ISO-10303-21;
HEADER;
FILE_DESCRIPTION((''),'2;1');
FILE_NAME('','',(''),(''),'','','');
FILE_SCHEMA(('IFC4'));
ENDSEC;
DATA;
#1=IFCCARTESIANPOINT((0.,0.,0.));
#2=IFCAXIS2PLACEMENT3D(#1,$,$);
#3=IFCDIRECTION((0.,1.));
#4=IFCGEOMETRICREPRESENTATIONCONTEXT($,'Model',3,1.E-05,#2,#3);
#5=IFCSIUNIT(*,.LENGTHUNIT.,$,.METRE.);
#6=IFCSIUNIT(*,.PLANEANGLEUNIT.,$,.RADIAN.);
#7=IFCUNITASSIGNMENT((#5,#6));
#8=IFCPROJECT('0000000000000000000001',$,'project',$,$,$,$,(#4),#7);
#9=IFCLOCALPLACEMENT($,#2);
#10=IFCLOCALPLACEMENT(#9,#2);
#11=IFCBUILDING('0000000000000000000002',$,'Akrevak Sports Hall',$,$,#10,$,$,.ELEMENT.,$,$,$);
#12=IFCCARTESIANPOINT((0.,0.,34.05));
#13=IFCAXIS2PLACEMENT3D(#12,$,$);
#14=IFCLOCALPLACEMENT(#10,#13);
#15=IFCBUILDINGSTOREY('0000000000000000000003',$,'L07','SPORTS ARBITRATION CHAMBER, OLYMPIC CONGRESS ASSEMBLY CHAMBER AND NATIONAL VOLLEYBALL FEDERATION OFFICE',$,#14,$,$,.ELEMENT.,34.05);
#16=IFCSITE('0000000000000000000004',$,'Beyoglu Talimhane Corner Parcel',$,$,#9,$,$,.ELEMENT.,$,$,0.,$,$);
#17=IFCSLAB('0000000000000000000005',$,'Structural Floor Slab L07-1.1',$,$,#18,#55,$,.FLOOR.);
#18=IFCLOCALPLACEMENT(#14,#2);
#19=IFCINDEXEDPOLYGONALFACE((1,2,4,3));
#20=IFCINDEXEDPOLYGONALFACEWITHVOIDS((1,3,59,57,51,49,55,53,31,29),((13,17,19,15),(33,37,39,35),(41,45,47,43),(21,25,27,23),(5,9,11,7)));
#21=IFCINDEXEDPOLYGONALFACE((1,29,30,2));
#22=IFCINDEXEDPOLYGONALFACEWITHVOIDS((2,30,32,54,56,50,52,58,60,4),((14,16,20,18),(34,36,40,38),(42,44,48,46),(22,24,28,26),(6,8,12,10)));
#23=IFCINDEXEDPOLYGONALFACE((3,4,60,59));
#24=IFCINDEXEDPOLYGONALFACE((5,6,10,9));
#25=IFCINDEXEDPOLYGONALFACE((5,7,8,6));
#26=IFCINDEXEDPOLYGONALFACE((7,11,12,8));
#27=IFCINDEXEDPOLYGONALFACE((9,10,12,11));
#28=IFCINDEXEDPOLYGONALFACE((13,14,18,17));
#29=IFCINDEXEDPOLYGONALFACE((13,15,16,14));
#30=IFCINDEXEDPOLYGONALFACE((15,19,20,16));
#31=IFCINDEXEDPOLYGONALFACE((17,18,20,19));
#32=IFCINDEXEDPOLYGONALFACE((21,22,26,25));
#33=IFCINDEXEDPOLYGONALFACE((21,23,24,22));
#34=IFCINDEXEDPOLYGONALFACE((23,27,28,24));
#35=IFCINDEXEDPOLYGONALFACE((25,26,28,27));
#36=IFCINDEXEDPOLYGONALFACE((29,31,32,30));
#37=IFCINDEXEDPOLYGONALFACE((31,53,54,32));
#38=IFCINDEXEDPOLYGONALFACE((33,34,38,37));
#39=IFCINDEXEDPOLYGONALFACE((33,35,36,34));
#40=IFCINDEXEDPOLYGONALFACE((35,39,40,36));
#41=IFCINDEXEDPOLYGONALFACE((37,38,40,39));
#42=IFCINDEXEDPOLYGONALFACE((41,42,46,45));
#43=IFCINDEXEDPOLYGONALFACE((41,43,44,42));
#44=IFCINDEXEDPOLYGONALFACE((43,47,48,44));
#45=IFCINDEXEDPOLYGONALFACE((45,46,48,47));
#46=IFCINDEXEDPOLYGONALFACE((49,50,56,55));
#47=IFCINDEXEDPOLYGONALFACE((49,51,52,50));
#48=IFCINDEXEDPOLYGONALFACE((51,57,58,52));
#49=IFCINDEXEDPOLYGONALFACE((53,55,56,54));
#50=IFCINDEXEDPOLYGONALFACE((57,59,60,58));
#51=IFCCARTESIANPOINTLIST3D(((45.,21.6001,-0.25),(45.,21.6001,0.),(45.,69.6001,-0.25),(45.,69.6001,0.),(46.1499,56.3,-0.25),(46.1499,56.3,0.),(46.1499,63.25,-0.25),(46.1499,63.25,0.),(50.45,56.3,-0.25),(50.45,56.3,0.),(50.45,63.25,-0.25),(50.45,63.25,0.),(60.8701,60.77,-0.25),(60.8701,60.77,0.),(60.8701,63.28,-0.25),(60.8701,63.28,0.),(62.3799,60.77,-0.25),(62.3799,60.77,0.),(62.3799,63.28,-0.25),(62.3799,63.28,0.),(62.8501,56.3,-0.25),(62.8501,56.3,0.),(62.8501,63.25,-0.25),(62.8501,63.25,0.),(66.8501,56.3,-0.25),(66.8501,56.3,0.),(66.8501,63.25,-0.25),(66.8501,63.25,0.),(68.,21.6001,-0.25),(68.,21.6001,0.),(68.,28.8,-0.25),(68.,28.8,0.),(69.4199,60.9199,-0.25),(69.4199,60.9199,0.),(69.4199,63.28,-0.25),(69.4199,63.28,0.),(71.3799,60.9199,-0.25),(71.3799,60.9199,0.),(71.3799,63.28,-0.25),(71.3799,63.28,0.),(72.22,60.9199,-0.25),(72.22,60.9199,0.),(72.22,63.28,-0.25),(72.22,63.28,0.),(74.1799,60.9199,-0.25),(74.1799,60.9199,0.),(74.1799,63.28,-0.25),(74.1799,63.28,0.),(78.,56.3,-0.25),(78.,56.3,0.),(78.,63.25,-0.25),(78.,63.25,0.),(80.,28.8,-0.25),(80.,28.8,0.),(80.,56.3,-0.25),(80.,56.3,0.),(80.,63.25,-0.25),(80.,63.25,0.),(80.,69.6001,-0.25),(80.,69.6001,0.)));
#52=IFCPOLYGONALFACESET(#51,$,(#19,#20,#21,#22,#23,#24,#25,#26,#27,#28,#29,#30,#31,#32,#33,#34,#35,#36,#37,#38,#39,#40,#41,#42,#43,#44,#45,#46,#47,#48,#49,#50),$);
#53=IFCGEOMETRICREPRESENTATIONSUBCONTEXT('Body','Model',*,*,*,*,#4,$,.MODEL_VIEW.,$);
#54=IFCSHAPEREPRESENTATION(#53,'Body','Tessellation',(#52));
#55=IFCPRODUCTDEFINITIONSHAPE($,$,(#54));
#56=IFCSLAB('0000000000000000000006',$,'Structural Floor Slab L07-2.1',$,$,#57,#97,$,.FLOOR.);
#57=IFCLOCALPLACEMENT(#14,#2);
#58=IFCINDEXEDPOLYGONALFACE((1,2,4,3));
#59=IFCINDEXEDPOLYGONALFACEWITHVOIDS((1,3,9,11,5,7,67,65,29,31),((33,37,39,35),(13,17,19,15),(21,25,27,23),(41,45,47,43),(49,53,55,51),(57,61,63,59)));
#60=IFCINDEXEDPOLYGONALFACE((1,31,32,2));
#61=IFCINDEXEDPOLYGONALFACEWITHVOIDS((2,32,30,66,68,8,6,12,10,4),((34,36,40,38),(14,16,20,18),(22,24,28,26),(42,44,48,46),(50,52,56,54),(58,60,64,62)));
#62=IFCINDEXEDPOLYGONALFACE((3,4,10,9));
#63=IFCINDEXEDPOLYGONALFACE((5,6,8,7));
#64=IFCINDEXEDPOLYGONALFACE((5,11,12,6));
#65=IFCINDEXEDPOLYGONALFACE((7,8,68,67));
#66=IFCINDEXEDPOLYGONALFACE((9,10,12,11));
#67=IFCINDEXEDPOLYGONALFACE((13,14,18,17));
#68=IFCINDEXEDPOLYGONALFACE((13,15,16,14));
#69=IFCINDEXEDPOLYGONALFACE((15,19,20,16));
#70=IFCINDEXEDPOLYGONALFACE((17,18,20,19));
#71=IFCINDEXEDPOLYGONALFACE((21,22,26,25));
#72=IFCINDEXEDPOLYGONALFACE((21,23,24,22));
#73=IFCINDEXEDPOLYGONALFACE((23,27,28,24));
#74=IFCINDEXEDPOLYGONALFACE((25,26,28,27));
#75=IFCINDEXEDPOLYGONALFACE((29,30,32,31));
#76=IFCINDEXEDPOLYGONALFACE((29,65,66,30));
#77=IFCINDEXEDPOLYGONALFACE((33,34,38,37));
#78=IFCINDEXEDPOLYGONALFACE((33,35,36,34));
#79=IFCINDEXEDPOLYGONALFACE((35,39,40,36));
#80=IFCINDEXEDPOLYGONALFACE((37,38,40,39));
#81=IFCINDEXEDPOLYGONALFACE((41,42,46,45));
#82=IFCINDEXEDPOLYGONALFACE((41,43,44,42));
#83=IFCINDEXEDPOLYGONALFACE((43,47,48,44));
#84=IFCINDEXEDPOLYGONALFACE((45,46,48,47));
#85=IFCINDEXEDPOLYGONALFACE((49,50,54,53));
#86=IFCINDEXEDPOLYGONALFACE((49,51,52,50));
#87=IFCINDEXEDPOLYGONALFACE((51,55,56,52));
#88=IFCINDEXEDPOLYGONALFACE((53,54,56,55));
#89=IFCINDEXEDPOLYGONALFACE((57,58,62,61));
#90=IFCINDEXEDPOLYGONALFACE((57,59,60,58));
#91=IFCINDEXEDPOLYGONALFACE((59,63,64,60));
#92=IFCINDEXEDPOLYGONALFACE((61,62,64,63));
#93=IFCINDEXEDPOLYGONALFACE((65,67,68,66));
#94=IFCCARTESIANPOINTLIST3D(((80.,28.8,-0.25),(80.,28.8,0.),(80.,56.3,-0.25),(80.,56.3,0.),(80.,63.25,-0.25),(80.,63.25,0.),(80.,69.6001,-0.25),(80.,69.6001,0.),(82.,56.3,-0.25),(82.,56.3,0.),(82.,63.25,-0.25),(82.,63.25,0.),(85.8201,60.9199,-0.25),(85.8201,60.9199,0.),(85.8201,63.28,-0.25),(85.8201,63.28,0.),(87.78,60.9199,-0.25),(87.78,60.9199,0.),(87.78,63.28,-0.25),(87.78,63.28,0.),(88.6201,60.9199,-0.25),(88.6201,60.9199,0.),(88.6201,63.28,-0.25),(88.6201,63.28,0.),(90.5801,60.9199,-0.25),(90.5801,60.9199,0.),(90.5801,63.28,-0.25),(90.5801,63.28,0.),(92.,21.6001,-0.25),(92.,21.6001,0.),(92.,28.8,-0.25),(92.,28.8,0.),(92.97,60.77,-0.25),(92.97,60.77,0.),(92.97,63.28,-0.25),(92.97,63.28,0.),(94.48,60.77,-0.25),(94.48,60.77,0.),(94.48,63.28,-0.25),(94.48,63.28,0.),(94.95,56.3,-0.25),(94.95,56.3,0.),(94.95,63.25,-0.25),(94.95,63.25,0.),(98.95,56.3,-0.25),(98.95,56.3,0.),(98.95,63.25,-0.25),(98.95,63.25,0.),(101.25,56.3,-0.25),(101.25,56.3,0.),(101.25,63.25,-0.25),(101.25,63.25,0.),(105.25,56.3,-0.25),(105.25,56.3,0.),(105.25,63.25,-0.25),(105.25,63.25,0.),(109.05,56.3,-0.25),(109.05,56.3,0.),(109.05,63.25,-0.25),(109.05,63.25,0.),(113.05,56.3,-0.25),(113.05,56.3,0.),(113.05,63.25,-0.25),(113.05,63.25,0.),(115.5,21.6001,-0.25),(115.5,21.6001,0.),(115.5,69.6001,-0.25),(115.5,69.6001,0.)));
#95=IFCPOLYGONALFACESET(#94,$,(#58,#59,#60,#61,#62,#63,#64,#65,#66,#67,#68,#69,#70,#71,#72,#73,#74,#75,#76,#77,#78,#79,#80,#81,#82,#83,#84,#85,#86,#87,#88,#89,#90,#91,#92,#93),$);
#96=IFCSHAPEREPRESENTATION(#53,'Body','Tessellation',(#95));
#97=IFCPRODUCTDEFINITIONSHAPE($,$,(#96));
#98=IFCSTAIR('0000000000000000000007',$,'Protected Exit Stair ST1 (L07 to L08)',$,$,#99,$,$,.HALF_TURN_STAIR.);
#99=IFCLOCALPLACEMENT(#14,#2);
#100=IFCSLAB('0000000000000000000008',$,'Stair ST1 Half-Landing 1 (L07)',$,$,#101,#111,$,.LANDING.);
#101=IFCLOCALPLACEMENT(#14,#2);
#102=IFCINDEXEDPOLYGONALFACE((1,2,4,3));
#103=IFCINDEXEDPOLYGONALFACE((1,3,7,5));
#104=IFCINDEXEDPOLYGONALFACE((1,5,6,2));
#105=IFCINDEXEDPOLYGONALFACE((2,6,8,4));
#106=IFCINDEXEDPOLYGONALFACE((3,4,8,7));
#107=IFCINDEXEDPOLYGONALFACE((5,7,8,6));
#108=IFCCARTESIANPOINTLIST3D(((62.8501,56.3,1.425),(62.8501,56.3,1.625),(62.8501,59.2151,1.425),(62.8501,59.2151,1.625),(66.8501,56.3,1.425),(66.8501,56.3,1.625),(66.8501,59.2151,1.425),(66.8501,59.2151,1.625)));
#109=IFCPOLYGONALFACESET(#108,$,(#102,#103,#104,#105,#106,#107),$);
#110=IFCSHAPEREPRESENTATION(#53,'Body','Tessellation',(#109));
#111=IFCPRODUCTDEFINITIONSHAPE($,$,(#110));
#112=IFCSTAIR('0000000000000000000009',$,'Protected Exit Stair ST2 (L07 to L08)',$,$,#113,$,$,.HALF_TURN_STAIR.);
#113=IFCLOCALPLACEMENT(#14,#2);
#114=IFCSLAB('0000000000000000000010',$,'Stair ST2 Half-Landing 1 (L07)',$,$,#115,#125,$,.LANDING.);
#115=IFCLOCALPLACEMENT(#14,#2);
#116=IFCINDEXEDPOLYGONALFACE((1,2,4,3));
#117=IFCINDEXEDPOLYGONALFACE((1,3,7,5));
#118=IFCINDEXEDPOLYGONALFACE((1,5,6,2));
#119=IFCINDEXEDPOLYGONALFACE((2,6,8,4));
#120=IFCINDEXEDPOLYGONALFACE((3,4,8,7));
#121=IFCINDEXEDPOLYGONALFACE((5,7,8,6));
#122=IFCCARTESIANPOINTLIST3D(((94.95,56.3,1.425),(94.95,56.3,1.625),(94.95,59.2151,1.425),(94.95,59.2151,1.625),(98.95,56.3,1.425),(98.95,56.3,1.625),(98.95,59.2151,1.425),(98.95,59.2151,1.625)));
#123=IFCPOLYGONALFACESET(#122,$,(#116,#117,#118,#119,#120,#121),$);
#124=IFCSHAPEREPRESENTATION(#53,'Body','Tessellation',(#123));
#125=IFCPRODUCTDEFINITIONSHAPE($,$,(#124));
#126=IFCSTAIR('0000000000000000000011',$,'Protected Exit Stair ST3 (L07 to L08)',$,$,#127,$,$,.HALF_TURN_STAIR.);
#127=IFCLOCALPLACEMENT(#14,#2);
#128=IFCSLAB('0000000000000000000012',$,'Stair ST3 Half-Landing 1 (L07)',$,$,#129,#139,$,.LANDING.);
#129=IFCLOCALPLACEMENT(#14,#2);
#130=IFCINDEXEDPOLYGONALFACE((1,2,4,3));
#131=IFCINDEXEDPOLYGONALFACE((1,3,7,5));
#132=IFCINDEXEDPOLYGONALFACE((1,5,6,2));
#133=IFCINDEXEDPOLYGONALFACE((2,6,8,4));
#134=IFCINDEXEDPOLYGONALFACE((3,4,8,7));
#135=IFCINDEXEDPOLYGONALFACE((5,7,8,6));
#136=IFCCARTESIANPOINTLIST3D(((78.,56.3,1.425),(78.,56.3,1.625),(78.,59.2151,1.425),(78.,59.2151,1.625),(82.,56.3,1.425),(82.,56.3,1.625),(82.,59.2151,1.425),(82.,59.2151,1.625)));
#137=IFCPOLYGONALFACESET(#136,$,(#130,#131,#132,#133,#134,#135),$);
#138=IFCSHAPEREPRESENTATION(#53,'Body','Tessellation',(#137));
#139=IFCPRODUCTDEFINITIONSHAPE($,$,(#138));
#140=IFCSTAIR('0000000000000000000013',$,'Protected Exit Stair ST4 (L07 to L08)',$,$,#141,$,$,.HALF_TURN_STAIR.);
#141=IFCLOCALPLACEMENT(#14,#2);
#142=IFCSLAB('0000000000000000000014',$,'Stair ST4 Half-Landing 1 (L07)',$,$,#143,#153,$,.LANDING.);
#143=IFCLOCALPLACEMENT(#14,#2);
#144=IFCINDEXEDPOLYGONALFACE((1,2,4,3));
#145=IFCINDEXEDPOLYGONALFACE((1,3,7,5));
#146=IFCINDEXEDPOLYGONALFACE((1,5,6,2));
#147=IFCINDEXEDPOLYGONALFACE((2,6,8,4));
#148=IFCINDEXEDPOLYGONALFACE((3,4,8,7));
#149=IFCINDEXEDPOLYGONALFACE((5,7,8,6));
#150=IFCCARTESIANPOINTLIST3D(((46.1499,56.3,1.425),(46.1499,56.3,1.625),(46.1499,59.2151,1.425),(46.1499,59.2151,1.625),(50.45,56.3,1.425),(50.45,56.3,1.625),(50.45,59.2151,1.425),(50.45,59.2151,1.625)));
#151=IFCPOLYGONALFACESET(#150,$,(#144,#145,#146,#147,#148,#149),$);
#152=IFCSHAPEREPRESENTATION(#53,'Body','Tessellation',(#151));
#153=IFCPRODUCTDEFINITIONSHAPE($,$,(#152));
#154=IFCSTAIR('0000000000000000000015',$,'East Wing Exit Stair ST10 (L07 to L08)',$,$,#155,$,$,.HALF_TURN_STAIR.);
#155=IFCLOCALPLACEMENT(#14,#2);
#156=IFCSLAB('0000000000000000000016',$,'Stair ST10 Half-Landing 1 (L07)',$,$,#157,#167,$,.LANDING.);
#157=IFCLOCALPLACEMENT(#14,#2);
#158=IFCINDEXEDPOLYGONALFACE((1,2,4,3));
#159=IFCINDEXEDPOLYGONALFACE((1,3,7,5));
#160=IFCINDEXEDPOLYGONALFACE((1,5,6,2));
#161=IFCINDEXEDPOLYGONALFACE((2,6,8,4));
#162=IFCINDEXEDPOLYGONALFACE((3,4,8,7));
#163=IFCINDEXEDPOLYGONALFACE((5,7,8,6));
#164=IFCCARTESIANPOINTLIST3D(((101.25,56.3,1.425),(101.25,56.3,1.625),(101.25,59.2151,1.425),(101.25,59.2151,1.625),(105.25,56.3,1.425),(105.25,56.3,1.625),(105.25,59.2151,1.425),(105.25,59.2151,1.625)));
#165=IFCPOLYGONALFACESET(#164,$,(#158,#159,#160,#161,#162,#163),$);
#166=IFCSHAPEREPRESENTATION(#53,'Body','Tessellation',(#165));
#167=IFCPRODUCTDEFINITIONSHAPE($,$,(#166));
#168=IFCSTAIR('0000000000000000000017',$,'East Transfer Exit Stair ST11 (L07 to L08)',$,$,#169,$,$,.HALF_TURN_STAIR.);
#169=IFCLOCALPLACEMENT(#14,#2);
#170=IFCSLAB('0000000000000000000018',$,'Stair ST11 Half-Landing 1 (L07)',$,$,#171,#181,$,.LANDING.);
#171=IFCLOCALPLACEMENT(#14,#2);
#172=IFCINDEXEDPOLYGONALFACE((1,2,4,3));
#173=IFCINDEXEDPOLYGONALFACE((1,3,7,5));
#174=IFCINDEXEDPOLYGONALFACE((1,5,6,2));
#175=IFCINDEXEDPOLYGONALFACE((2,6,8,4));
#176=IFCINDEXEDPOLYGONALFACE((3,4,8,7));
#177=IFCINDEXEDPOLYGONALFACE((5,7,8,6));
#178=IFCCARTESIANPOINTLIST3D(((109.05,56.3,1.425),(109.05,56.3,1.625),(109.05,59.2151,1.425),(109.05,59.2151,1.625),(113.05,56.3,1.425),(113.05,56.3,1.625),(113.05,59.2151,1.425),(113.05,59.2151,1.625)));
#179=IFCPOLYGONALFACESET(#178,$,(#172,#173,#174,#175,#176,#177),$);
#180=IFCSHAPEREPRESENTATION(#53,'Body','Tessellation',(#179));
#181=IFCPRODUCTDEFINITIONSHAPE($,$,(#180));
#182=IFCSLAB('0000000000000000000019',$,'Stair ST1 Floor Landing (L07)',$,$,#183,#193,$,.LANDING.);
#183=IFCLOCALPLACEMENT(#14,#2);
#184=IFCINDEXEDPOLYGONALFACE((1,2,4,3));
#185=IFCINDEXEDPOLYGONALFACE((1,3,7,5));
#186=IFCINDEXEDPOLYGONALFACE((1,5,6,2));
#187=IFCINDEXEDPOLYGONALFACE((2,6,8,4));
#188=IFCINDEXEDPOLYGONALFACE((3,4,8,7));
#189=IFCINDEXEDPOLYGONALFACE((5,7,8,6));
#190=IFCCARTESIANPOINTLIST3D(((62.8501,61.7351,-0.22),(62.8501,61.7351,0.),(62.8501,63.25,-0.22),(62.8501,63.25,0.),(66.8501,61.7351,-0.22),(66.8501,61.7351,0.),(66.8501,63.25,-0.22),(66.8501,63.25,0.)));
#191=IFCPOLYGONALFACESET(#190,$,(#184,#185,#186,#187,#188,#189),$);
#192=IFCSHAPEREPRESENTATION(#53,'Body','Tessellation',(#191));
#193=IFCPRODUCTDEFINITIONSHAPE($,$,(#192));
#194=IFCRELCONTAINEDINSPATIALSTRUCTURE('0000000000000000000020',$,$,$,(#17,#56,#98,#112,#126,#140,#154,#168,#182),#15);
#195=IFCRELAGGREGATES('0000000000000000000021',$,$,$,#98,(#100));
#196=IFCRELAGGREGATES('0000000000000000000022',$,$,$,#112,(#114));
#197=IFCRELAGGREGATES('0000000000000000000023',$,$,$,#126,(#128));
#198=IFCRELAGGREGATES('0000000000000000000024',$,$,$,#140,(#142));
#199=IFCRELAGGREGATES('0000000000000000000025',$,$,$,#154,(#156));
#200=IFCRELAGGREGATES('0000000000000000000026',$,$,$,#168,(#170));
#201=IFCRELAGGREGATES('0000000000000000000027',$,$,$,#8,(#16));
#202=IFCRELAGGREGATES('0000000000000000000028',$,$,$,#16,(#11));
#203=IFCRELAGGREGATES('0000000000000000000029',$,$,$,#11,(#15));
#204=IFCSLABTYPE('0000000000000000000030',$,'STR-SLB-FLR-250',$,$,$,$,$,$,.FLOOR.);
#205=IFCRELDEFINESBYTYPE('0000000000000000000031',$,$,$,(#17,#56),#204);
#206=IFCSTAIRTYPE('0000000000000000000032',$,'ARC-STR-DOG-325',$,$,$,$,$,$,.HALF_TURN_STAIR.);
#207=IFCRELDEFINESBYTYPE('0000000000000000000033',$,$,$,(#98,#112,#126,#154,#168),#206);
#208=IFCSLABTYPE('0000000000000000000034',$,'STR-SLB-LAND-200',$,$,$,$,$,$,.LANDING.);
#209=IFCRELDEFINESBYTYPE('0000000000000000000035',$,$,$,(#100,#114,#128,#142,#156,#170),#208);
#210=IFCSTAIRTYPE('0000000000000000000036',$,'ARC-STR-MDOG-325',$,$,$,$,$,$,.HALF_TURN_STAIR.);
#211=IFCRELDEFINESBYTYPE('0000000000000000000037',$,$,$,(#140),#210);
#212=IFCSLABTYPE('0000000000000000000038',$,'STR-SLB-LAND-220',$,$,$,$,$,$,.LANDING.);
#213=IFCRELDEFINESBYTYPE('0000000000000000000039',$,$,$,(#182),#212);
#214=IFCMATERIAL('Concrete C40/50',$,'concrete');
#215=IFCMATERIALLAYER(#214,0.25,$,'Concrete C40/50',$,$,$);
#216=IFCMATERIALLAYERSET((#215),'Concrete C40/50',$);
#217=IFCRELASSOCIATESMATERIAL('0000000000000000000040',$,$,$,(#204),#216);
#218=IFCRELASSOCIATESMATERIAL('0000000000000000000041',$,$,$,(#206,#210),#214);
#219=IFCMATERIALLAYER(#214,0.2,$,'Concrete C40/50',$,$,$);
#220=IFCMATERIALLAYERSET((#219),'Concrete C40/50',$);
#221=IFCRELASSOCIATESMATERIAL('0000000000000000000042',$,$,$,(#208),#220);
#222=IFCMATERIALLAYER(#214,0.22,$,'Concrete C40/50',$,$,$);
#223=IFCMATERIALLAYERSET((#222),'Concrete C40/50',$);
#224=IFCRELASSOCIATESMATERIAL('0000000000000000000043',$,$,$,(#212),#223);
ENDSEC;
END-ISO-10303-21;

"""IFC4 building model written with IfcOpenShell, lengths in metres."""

from ifc_helpers import new_model, si_unit, direction, frame, origin, place, context, subcontext, project, spatial, polyline, outline, extrude, material, layer, layer_set, type_object, element, aggregate, save


model = new_model("IFC4")

# Units and contexts
model_context = context("Model", 3, precision=1e-05, world=origin(), true_north=direction((0.0, 1.0)))
body_context = subcontext(model_context, "Body", "Model", "MODEL_VIEW")
ifc_project = project(units=[si_unit("LENGTHUNIT", "METRE"), si_unit("PLANEANGLEUNIT", "RADIAN")], contexts=[model_context])

# Site, building, storey
site_placement = place(None, origin())
site = spatial("IfcSite", under=ifc_project, at=site_placement, Name="Beyoglu Talimhane Corner Parcel", CompositionType="ELEMENT", RefElevation=0.0)
building_placement = place(site_placement, origin())
building = spatial("IfcBuilding", under=site, at=building_placement, Name="Akrevak Sports Hall", CompositionType="ELEMENT")
storey_placement = place(building_placement, frame((0.0, 0.0, 34.05)))
storey = spatial("IfcBuildingStorey", under=building, at=storey_placement, Name="L07", Description="SPORTS ARBITRATION CHAMBER, OLYMPIC CONGRESS ASSEMBLY CHAMBER AND NATIONAL VOLLEYBALL FEDERATION OFFICE", CompositionType="ELEMENT", Elevation=34.05)

# Shared definitions
ifc_material_1 = material(Name="Concrete C40/50", Category="concrete")

# Slabs
ifc_layer_1 = layer(ifc_material_1, 0.25, Name="Concrete C40/50")
ifc_layer_set_1 = layer_set([ifc_layer_1], Name="Concrete C40/50")
slab_type_1 = type_object("IfcSlabType", Name="STR-SLB-FLR-250", PredefinedType="FLOOR", material=ifc_layer_set_1)
slab_1_placement = place(storey_placement, frame((0.0, 0.0, -0.25)))
element("IfcSlab", 1, at=slab_1_placement, inside=storey, type_object=slab_type_1, Name="Structural Floor Slab L07-1.1", PredefinedType="FLOOR", context=body_context, shape_type="SweptSolid", body=[
    extrude(outline(polyline([(45.0, 69.6001), (45.0, 21.6001), (68.0, 21.6001), (68.0, 28.8), (80.0, 28.8), (80.0, 56.3), (78.0, 56.3), (78.0, 63.25), (80.0, 63.25), (80.0, 69.6001), (45.0, 69.6001)]), holes=[polyline([(46.1499, 63.25), (50.45, 63.25), (50.45, 56.3), (46.1499, 56.3), (46.1499, 63.25)]), polyline([(66.8501, 63.25), (66.8501, 56.3), (62.8501, 56.3), (62.8501, 63.25), (66.8501, 63.25)]), polyline([(60.8701, 63.28), (62.3799, 63.28), (62.3799, 60.77), (60.8701, 60.77), (60.8701, 63.28)]), polyline([(71.3799, 63.28), (71.3799, 60.9199), (69.4199, 60.9199), (69.4199, 63.28), (71.3799, 63.28)]), polyline([(74.1799, 63.28), (74.1799, 60.9199), (72.22, 60.9199), (72.22, 63.28), (74.1799, 63.28)])]), origin(), (0.0, 0.0, 1.0), 0.25),
])
slab_2_placement = place(storey_placement, frame((0.0, 0.0, -0.25)))
element("IfcSlab", 2, at=slab_2_placement, inside=storey, type_object=slab_type_1, Name="Structural Floor Slab L07-2.1", PredefinedType="FLOOR", context=body_context, shape_type="SweptSolid", body=[
    extrude(outline(polyline([(80.0, 69.6001), (80.0, 63.25), (82.0, 63.25), (82.0, 56.3), (80.0, 56.3), (80.0, 28.8), (92.0, 28.8), (92.0, 21.6001), (115.5, 21.6001), (115.5, 69.6001), (80.0, 69.6001)]), holes=[polyline([(94.95, 63.25), (98.95, 63.25), (98.95, 56.3), (94.95, 56.3), (94.95, 63.25)]), polyline([(105.25, 63.25), (105.25, 56.3), (101.25, 56.3), (101.25, 63.25), (105.25, 63.25)]), polyline([(113.05, 63.25), (113.05, 56.3), (109.05, 56.3), (109.05, 63.25), (113.05, 63.25)]), polyline([(92.97, 63.28), (94.48, 63.28), (94.48, 60.77), (92.97, 60.77), (92.97, 63.28)]), polyline([(87.78, 63.28), (87.78, 60.9199), (85.8201, 60.9199), (85.8201, 63.28), (87.78, 63.28)]), polyline([(90.5801, 63.28), (90.5801, 60.9199), (88.6201, 60.9199), (88.6201, 63.28), (90.5801, 63.28)])]), origin(), (0.0, 0.0, 1.0), 0.25),
])

# Stairs, slabs
stair_type_1 = type_object("IfcStairType", Name="ARC-STR-DOG-325", PredefinedType="HALF_TURN_STAIR", material=ifc_material_1)
stair_1_placement = place(storey_placement, origin())
stair_1 = element("IfcStair", 3, at=stair_1_placement, inside=storey, type_object=stair_type_1, Name="Protected Exit Stair ST1 (L07 to L08)", PredefinedType="HALF_TURN_STAIR")
ifc_layer_2 = layer(ifc_material_1, 0.2, Name="Concrete C40/50")
ifc_layer_set_2 = layer_set([ifc_layer_2], Name="Concrete C40/50")
slab_type_2 = type_object("IfcSlabType", Name="STR-SLB-LAND-200", PredefinedType="LANDING", material=ifc_layer_set_2)
slab_3_placement = place(storey_placement, frame((0.0, 0.0, 1.425)))
slab_3 = element("IfcSlab", 4, at=slab_3_placement, type_object=slab_type_2, Name="Stair ST1 Half-Landing 1 (L07)", PredefinedType="LANDING", context=body_context, shape_type="SweptSolid", body=[
    extrude(outline(polyline([(62.8501, 56.3), (66.8501, 56.3), (66.8501, 59.2151), (62.8501, 59.2151), (62.8501, 56.3)])), origin(), (0.0, 0.0, 1.0), 0.2),
])
aggregate(stair_1, [slab_3])
stair_2_placement = place(storey_placement, origin())
stair_2 = element("IfcStair", 5, at=stair_2_placement, inside=storey, type_object=stair_type_1, Name="Protected Exit Stair ST2 (L07 to L08)", PredefinedType="HALF_TURN_STAIR")
slab_4_placement = place(storey_placement, frame((0.0, 0.0, 1.425)))
slab_4 = element("IfcSlab", 6, at=slab_4_placement, type_object=slab_type_2, Name="Stair ST2 Half-Landing 1 (L07)", PredefinedType="LANDING", context=body_context, shape_type="SweptSolid", body=[
    extrude(outline(polyline([(94.95, 56.3), (98.95, 56.3), (98.95, 59.2151), (94.95, 59.2151), (94.95, 56.3)])), origin(), (0.0, 0.0, 1.0), 0.2),
])
aggregate(stair_2, [slab_4])
stair_3_placement = place(storey_placement, origin())
stair_3 = element("IfcStair", 7, at=stair_3_placement, inside=storey, type_object=stair_type_1, Name="Protected Exit Stair ST3 (L07 to L08)", PredefinedType="HALF_TURN_STAIR")
slab_5_placement = place(storey_placement, frame((0.0, 0.0, 1.425)))
slab_5 = element("IfcSlab", 8, at=slab_5_placement, type_object=slab_type_2, Name="Stair ST3 Half-Landing 1 (L07)", PredefinedType="LANDING", context=body_context, shape_type="SweptSolid", body=[
    extrude(outline(polyline([(78.0, 56.3), (82.0, 56.3), (82.0, 59.2151), (78.0, 59.2151), (78.0, 56.3)])), origin(), (0.0, 0.0, 1.0), 0.2),
])
aggregate(stair_3, [slab_5])
stair_type_2 = type_object("IfcStairType", Name="ARC-STR-MDOG-325", PredefinedType="HALF_TURN_STAIR", material=ifc_material_1)
stair_4_placement = place(storey_placement, origin())
stair_4 = element("IfcStair", 9, at=stair_4_placement, inside=storey, type_object=stair_type_2, Name="Protected Exit Stair ST4 (L07 to L08)", PredefinedType="HALF_TURN_STAIR")
slab_6_placement = place(storey_placement, frame((0.0, 0.0, 1.425)))
slab_6 = element("IfcSlab", 10, at=slab_6_placement, type_object=slab_type_2, Name="Stair ST4 Half-Landing 1 (L07)", PredefinedType="LANDING", context=body_context, shape_type="SweptSolid", body=[
    extrude(outline(polyline([(46.1499, 56.3), (50.45, 56.3), (50.45, 59.2151), (46.1499, 59.2151), (46.1499, 56.3)])), origin(), (0.0, 0.0, 1.0), 0.2),
])
aggregate(stair_4, [slab_6])
stair_5_placement = place(storey_placement, origin())
stair_5 = element("IfcStair", 11, at=stair_5_placement, inside=storey, type_object=stair_type_1, Name="East Wing Exit Stair ST10 (L07 to L08)", PredefinedType="HALF_TURN_STAIR")
slab_7_placement = place(storey_placement, frame((0.0, 0.0, 1.425)))
slab_7 = element("IfcSlab", 12, at=slab_7_placement, type_object=slab_type_2, Name="Stair ST10 Half-Landing 1 (L07)", PredefinedType="LANDING", context=body_context, shape_type="SweptSolid", body=[
    extrude(outline(polyline([(101.25, 56.3), (105.25, 56.3), (105.25, 59.2151), (101.25, 59.2151), (101.25, 56.3)])), origin(), (0.0, 0.0, 1.0), 0.2),
])
aggregate(stair_5, [slab_7])
stair_6_placement = place(storey_placement, origin())
stair_6 = element("IfcStair", 13, at=stair_6_placement, inside=storey, type_object=stair_type_1, Name="East Transfer Exit Stair ST11 (L07 to L08)", PredefinedType="HALF_TURN_STAIR")
slab_8_placement = place(storey_placement, frame((0.0, 0.0, 1.425)))
slab_8 = element("IfcSlab", 14, at=slab_8_placement, type_object=slab_type_2, Name="Stair ST11 Half-Landing 1 (L07)", PredefinedType="LANDING", context=body_context, shape_type="SweptSolid", body=[
    extrude(outline(polyline([(109.05, 56.3), (113.05, 56.3), (113.05, 59.2151), (109.05, 59.2151), (109.05, 56.3)])), origin(), (0.0, 0.0, 1.0), 0.2),
])
aggregate(stair_6, [slab_8])

# Slab
ifc_layer_3 = layer(ifc_material_1, 0.22, Name="Concrete C40/50")
ifc_layer_set_3 = layer_set([ifc_layer_3], Name="Concrete C40/50")
slab_type_3 = type_object("IfcSlabType", Name="STR-SLB-LAND-220", PredefinedType="LANDING", material=ifc_layer_set_3)
slab_9_placement = place(storey_placement, frame((0.0, 0.0, -0.22)))
element("IfcSlab", 15, at=slab_9_placement, inside=storey, type_object=slab_type_3, Name="Stair ST1 Floor Landing (L07)", PredefinedType="LANDING", context=body_context, shape_type="SweptSolid", body=[
    extrude(outline(polyline([(62.8501, 61.7351), (66.8501, 61.7351), (66.8501, 63.25), (62.8501, 63.25), (62.8501, 61.7351)])), origin(), (0.0, 0.0, 1.0), 0.22),
])

save(model, "model.ifc")
